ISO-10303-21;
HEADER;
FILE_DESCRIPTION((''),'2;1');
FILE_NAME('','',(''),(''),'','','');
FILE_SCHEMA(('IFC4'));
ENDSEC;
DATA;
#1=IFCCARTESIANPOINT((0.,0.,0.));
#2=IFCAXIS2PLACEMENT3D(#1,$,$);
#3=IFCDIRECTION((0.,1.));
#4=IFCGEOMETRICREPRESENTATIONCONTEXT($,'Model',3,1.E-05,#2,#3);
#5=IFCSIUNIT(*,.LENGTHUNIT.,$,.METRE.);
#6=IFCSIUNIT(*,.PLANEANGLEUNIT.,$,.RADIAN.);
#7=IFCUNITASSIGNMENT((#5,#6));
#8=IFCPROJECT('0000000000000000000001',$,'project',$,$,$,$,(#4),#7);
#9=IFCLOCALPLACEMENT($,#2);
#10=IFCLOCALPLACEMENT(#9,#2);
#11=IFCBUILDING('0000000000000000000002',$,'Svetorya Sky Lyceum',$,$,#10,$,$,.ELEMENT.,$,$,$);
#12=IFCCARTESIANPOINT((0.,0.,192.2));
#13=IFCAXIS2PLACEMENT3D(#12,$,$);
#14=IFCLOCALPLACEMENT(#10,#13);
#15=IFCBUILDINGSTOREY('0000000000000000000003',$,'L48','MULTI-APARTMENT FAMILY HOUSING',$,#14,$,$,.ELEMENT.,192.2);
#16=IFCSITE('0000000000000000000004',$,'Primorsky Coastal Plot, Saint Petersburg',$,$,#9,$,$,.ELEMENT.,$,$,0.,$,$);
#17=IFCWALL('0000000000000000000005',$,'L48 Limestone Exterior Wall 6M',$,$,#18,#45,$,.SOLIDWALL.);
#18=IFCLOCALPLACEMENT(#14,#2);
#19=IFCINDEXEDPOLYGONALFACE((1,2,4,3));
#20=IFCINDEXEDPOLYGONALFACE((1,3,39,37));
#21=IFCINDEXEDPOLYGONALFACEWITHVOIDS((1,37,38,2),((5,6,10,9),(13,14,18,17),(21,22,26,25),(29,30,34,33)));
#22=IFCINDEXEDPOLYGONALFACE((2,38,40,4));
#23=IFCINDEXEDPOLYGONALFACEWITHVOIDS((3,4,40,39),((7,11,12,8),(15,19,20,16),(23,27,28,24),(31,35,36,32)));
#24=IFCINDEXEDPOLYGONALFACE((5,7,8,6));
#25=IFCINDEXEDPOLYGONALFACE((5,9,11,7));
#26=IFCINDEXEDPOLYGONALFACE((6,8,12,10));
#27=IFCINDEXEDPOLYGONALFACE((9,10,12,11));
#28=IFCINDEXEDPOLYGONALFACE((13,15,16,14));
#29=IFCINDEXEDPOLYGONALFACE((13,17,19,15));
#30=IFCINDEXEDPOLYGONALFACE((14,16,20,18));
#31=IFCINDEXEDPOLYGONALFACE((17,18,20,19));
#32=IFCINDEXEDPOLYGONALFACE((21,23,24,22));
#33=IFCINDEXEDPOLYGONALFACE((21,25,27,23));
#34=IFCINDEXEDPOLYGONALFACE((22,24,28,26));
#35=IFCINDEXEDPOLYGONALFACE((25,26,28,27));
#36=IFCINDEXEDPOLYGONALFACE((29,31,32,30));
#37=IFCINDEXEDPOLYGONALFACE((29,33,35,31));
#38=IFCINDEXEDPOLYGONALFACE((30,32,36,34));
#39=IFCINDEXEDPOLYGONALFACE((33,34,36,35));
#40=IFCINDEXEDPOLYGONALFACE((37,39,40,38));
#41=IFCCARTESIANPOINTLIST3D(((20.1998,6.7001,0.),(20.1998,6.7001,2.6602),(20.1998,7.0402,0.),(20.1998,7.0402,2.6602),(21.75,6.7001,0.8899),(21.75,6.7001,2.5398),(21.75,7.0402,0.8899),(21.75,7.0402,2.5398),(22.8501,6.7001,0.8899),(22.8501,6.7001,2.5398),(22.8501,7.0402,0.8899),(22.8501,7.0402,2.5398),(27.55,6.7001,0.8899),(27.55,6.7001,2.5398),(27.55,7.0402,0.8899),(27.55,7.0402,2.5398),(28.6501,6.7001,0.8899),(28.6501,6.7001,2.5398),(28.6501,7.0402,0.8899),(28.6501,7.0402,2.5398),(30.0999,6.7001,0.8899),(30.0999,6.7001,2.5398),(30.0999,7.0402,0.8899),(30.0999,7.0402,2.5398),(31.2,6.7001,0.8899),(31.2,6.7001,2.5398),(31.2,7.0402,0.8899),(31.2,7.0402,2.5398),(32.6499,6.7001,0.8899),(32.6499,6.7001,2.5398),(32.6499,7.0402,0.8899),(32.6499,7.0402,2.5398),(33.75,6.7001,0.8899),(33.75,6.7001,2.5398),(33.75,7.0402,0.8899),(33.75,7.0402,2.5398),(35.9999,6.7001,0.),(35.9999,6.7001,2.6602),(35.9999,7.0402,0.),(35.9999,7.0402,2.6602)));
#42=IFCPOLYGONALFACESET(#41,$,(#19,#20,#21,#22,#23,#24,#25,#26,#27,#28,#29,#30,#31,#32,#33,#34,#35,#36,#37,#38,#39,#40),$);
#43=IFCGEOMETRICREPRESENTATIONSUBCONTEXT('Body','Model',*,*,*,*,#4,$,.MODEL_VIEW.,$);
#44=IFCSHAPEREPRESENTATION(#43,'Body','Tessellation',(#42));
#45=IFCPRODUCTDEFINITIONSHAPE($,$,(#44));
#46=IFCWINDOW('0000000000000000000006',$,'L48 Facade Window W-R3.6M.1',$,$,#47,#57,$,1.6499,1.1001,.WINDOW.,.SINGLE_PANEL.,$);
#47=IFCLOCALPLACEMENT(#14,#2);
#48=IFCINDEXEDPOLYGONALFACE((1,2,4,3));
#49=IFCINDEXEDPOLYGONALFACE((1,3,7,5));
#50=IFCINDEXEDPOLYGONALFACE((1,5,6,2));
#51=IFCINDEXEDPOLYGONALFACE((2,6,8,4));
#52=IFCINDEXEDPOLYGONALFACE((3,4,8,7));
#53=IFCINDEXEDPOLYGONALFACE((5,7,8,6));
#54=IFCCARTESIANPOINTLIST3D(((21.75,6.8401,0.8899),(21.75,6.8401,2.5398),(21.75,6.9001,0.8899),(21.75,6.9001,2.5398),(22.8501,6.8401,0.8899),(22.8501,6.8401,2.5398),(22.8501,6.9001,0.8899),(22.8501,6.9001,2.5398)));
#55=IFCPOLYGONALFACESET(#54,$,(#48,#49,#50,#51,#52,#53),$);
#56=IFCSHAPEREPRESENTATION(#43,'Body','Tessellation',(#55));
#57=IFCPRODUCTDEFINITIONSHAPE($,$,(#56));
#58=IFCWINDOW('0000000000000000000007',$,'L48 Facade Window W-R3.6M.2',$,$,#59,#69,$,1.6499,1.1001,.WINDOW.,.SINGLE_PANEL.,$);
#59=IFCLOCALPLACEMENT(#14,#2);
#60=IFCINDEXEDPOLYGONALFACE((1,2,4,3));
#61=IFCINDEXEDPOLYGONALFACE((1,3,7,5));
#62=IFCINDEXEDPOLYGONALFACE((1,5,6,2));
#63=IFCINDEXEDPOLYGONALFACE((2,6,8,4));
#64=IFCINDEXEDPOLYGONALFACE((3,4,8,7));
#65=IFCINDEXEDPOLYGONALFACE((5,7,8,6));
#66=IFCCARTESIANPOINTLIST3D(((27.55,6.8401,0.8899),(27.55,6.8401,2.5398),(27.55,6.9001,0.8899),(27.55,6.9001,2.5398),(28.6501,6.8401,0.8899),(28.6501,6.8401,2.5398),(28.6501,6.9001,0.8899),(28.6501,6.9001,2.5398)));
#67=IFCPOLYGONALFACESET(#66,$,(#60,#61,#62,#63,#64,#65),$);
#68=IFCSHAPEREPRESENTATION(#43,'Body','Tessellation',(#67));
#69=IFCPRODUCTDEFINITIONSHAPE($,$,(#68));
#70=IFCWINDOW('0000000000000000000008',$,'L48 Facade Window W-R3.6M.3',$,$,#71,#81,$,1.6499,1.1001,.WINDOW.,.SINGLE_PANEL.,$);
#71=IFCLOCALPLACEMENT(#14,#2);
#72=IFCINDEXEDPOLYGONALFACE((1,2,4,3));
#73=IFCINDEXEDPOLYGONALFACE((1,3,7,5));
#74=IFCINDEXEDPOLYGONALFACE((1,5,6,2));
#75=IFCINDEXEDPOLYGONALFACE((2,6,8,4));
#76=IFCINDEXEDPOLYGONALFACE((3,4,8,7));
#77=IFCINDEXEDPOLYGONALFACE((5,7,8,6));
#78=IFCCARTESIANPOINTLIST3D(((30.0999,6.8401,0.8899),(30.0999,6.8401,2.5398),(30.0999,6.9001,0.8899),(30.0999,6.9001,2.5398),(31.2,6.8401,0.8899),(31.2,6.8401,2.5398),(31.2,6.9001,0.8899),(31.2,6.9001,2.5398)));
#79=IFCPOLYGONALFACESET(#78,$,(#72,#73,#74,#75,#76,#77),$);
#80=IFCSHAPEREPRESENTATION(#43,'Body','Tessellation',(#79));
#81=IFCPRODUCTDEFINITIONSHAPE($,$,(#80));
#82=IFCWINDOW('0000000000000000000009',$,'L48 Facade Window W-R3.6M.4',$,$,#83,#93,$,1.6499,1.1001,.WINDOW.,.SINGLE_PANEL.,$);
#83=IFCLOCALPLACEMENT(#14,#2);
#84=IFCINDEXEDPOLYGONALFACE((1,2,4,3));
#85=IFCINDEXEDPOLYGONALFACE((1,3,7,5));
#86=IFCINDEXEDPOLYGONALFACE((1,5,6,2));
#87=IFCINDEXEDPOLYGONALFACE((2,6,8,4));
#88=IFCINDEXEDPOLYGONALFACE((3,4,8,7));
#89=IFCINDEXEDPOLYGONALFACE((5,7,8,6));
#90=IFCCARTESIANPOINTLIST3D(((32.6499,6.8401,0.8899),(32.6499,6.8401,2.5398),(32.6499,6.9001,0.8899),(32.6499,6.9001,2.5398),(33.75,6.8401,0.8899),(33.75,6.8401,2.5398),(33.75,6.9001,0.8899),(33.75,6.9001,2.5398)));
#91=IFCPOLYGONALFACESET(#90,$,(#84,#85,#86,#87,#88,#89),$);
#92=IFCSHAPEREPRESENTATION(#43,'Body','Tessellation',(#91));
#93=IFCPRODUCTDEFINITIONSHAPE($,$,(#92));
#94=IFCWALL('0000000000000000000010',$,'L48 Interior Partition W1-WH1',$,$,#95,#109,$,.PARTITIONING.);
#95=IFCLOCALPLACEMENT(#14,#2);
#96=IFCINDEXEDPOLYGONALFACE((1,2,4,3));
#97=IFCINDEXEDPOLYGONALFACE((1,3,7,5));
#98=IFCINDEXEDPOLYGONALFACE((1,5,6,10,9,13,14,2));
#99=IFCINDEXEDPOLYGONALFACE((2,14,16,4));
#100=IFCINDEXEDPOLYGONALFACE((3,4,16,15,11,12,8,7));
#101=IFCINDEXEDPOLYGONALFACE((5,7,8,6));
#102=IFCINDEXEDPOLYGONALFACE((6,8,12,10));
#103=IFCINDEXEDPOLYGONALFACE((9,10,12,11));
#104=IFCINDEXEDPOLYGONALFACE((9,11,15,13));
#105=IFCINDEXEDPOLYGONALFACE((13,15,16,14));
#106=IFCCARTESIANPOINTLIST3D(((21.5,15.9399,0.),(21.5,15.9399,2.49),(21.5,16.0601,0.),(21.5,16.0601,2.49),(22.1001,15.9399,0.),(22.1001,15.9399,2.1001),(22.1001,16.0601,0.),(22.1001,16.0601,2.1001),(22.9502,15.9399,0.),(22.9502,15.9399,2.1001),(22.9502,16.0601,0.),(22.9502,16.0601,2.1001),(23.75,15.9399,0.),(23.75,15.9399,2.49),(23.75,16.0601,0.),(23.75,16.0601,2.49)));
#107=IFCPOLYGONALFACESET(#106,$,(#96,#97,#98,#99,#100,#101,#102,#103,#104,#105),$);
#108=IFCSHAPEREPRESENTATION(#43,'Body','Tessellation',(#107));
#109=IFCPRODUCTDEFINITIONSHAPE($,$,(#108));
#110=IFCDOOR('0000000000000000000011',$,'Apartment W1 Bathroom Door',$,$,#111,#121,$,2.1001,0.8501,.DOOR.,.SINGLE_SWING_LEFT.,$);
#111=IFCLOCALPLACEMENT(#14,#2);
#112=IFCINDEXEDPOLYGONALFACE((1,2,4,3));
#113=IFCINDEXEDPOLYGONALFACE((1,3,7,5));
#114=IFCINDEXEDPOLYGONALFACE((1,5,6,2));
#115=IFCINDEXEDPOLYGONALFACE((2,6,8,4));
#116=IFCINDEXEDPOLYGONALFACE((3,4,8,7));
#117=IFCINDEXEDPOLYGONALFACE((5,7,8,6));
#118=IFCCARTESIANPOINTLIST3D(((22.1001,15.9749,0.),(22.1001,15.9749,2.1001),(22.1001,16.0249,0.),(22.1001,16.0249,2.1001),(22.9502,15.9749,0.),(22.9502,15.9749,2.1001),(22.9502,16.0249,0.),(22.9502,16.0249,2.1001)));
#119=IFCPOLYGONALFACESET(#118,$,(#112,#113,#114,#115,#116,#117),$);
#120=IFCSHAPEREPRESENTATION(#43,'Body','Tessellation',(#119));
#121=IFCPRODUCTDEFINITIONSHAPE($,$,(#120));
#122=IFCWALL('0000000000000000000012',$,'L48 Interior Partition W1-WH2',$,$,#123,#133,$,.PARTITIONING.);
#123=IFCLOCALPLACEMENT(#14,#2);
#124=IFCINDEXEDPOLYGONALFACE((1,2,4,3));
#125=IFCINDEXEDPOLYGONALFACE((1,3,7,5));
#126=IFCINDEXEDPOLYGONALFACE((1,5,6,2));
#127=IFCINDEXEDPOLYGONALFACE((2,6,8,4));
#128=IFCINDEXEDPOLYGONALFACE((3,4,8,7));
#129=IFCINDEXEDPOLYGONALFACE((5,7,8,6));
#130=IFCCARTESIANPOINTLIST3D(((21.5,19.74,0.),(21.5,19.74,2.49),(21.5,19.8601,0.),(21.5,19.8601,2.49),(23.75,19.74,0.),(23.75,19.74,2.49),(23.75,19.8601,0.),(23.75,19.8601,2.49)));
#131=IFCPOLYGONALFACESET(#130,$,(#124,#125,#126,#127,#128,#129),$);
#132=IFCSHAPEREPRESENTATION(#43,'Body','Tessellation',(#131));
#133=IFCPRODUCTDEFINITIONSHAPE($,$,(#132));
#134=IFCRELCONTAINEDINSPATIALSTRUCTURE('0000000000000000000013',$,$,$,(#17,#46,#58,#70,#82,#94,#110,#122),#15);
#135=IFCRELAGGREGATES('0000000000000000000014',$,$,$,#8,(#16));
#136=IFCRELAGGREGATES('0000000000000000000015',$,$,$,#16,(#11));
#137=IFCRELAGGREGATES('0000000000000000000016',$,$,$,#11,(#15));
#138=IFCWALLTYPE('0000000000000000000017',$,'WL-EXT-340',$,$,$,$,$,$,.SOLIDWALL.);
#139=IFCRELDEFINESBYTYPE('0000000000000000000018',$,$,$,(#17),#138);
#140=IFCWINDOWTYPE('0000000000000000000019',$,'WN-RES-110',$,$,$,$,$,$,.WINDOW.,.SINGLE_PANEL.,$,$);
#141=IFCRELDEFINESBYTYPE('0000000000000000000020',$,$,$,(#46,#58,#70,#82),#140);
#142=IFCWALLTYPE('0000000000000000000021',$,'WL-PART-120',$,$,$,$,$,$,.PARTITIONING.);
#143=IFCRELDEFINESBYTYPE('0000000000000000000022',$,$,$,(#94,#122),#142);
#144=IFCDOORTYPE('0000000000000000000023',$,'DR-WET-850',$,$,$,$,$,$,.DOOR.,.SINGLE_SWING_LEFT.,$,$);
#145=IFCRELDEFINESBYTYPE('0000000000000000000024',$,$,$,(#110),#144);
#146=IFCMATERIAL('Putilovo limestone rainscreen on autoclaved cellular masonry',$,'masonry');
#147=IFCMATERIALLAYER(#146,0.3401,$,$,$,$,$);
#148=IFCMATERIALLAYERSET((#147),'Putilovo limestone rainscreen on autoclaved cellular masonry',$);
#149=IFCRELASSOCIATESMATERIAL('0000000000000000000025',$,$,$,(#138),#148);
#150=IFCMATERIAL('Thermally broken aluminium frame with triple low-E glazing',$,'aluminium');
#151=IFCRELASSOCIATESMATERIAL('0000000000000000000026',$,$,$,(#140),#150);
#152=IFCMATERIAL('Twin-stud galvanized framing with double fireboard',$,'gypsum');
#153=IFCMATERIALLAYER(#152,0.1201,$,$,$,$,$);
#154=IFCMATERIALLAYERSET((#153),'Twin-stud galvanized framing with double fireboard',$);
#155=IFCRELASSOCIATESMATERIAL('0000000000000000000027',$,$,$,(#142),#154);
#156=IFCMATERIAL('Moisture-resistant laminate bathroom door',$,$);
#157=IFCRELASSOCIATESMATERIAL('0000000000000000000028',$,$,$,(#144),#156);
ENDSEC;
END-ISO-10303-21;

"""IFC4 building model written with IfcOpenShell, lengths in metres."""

from ifc_helpers import new_model, si_unit, direction, frame, frame_2d, origin, place, context, subcontext, project, spatial, rectangle, extrude, material, layer, layer_set, type_object, element, fill, save


model = new_model("IFC4")

# Units and contexts
model_context = context("Model", 3, precision=1e-05, world=origin(), true_north=direction((0.0, 1.0)))
body_context = subcontext(model_context, "Body", "Model", "MODEL_VIEW")
ifc_project = project(units=[si_unit("LENGTHUNIT", "METRE"), si_unit("PLANEANGLEUNIT", "RADIAN")], contexts=[model_context])

# Site, building, storey
site_placement = place(None, origin())
site = spatial("IfcSite", under=ifc_project, at=site_placement, Name="Primorsky Coastal Plot, Saint Petersburg", CompositionType="ELEMENT", RefElevation=0.0)
building_placement = place(site_placement, origin())
building = spatial("IfcBuilding", under=site, at=building_placement, Name="Svetorya Sky Lyceum", CompositionType="ELEMENT")
storey_placement = place(building_placement, frame((0.0, 0.0, 192.2)))
storey = spatial("IfcBuildingStorey", under=building, at=storey_placement, Name="L48", Description="MULTI-APARTMENT FAMILY HOUSING", CompositionType="ELEMENT", Elevation=192.2)

# Shared definitions
ifc_material_1 = material(Name="Putilovo limestone rainscreen on autoclaved cellular masonry", Category="masonry")
ifc_layer_1 = layer(ifc_material_1, 0.3401)
ifc_layer_set_1 = layer_set([ifc_layer_1], Name="Putilovo limestone rainscreen on autoclaved cellular masonry")
wall_type_1 = type_object("IfcWallType", Name="WL-EXT-340", PredefinedType="SOLIDWALL", material=ifc_layer_set_1)

# Wall, openings, windows
wall_1_placement = place(storey_placement, frame((20.2, 6.8701, 0.0), z_axis=(0.0, 0.0, 1.0), x_axis=(1.0, 0.0, 0.0)))
wall_1 = element("IfcWall", 1, at=wall_1_placement, inside=storey, type_object=wall_type_1, Name="L48 Limestone Exterior Wall 6M", PredefinedType="SOLIDWALL", context=body_context, shape_type="SweptSolid", body=[
    extrude(rectangle(XDim=15.8, YDim=0.3401, at=frame_2d((7.8999, 0.0))), origin(), (0.0, 0.0, 1.0), 2.6602),
])
opening_1_placement = place(wall_1_placement, frame((1.55, 0.0, 0.8899)))
opening_1 = element("IfcOpeningElement", 2, at=opening_1_placement, cuts=wall_1, PredefinedType="OPENING", context=body_context, shape_type="SweptSolid", body=[
    extrude(rectangle(XDim=1.1001, YDim=1.6499, at=frame_2d((0.55, 0.825))), frame((0.0, 0.1799, 0.0), z_axis=(0.0, -1.0, 0.0), x_axis=(1.0, 0.0, 0.0)), (0.0, 0.0, 1.0), 0.3601),
])
opening_2_placement = place(wall_1_placement, frame((7.3501, 0.0, 0.8899)))
opening_2 = element("IfcOpeningElement", 3, at=opening_2_placement, cuts=wall_1, PredefinedType="OPENING", context=body_context, shape_type="SweptSolid", body=[
    extrude(rectangle(XDim=1.1001, YDim=1.6499, at=frame_2d((0.55, 0.825))), frame((0.0, 0.1799, 0.0), z_axis=(0.0, -1.0, 0.0), x_axis=(1.0, 0.0, 0.0)), (0.0, 0.0, 1.0), 0.3601),
])
opening_3_placement = place(wall_1_placement, frame((9.8999, 0.0, 0.8899)))
opening_3 = element("IfcOpeningElement", 4, at=opening_3_placement, cuts=wall_1, PredefinedType="OPENING", context=body_context, shape_type="SweptSolid", body=[
    extrude(rectangle(XDim=1.1001, YDim=1.6499, at=frame_2d((0.55, 0.825))), frame((0.0, 0.1799, 0.0), z_axis=(0.0, -1.0, 0.0), x_axis=(1.0, 0.0, 0.0)), (0.0, 0.0, 1.0), 0.3601),
])
opening_4_placement = place(wall_1_placement, frame((12.45, 0.0, 0.8899)))
opening_4 = element("IfcOpeningElement", 5, at=opening_4_placement, cuts=wall_1, PredefinedType="OPENING", context=body_context, shape_type="SweptSolid", body=[
    extrude(rectangle(XDim=1.1001, YDim=1.6499, at=frame_2d((0.55, 0.825))), frame((0.0, 0.1799, 0.0), z_axis=(0.0, -1.0, 0.0), x_axis=(1.0, 0.0, 0.0)), (0.0, 0.0, 1.0), 0.3601),
])
ifc_material_2 = material(Name="Thermally broken aluminium frame with triple low-E glazing", Category="aluminium")
window_type = type_object("IfcWindowType", Name="WN-RES-110", PartitioningType="SINGLE_PANEL", PredefinedType="WINDOW", material=ifc_material_2)
window_1_placement = place(opening_1_placement, origin())
window_1 = element("IfcWindow", 6, at=window_1_placement, inside=storey, type_object=window_type, Name="L48 Facade Window W-R3.6M.1", OverallHeight=1.6499, OverallWidth=1.1001, PartitioningType="SINGLE_PANEL", PredefinedType="WINDOW", context=body_context, shape_type="SweptSolid", body=[
    extrude(rectangle(XDim=1.1001, YDim=1.6499, at=frame_2d((0.55, 0.825))), frame((0.0, 0.03, 0.0), z_axis=(0.0, -1.0, 0.0), x_axis=(1.0, 0.0, 0.0)), (0.0, 0.0, 1.0), 0.0601),
])
fill(opening_1, window_1)
window_2_placement = place(opening_2_placement, origin())
window_2 = element("IfcWindow", 7, at=window_2_placement, inside=storey, type_object=window_type, Name="L48 Facade Window W-R3.6M.2", OverallHeight=1.6499, OverallWidth=1.1001, PartitioningType="SINGLE_PANEL", PredefinedType="WINDOW", context=body_context, shape_type="SweptSolid", body=[
    extrude(rectangle(XDim=1.1001, YDim=1.6499, at=frame_2d((0.55, 0.825))), frame((0.0, 0.03, 0.0), z_axis=(0.0, -1.0, 0.0), x_axis=(1.0, 0.0, 0.0)), (0.0, 0.0, 1.0), 0.0601),
])
fill(opening_2, window_2)
window_3_placement = place(opening_3_placement, origin())
window_3 = element("IfcWindow", 8, at=window_3_placement, inside=storey, type_object=window_type, Name="L48 Facade Window W-R3.6M.3", OverallHeight=1.6499, OverallWidth=1.1001, PartitioningType="SINGLE_PANEL", PredefinedType="WINDOW", context=body_context, shape_type="SweptSolid", body=[
    extrude(rectangle(XDim=1.1001, YDim=1.6499, at=frame_2d((0.55, 0.825))), frame((0.0, 0.03, 0.0), z_axis=(0.0, -1.0, 0.0), x_axis=(1.0, 0.0, 0.0)), (0.0, 0.0, 1.0), 0.0601),
])
fill(opening_3, window_3)
window_4_placement = place(opening_4_placement, origin())
window_4 = element("IfcWindow", 9, at=window_4_placement, inside=storey, type_object=window_type, Name="L48 Facade Window W-R3.6M.4", OverallHeight=1.6499, OverallWidth=1.1001, PartitioningType="SINGLE_PANEL", PredefinedType="WINDOW", context=body_context, shape_type="SweptSolid", body=[
    extrude(rectangle(XDim=1.1001, YDim=1.6499, at=frame_2d((0.55, 0.825))), frame((0.0, 0.03, 0.0), z_axis=(0.0, -1.0, 0.0), x_axis=(1.0, 0.0, 0.0)), (0.0, 0.0, 1.0), 0.0601),
])
fill(opening_4, window_4)

# Wall, opening, door
ifc_material_3 = material(Name="Twin-stud galvanized framing with double fireboard", Category="gypsum")
ifc_layer_2 = layer(ifc_material_3, 0.1201)
ifc_layer_set_2 = layer_set([ifc_layer_2], Name="Twin-stud galvanized framing with double fireboard")
wall_type_2 = type_object("IfcWallType", Name="WL-PART-120", PredefinedType="PARTITIONING", material=ifc_layer_set_2)
wall_2_placement = place(storey_placement, frame((21.5, 16.0, 0.0), z_axis=(0.0, 0.0, 1.0), x_axis=(1.0, 0.0, 0.0)))
wall_2 = element("IfcWall", 10, at=wall_2_placement, inside=storey, type_object=wall_type_2, Name="L48 Interior Partition W1-WH1", PredefinedType="PARTITIONING", context=body_context, shape_type="SweptSolid", body=[
    extrude(rectangle(XDim=2.25, YDim=0.1201, at=frame_2d((1.125, 0.0))), origin(), (0.0, 0.0, 1.0), 2.49),
])
opening_5_placement = place(wall_2_placement, frame((0.6001, 0.0, 0.0)))
opening_5 = element("IfcOpeningElement", 11, at=opening_5_placement, cuts=wall_2, PredefinedType="OPENING", context=body_context, shape_type="SweptSolid", body=[
    extrude(rectangle(XDim=0.8501, YDim=2.1001, at=frame_2d((0.425, 1.05))), frame((0.0, 0.0701, 0.0), z_axis=(0.0, -1.0, 0.0), x_axis=(1.0, 0.0, 0.0)), (0.0, 0.0, 1.0), 0.1401),
])
ifc_material_4 = material(Name="Moisture-resistant laminate bathroom door")
door_type_1 = type_object("IfcDoorType", Name="DR-WET-850", OperationType="SINGLE_SWING_LEFT", PredefinedType="DOOR", material=ifc_material_4)
door_1_placement = place(opening_5_placement, origin())
door_1 = element("IfcDoor", 12, at=door_1_placement, inside=storey, type_object=door_type_1, Name="Apartment W1 Bathroom Door", OperationType="SINGLE_SWING_LEFT", OverallHeight=2.1001, OverallWidth=0.8501, PredefinedType="DOOR", context=body_context, shape_type="SweptSolid", body=[
    extrude(rectangle(XDim=0.8501, YDim=2.1001, at=frame_2d((0.425, 1.05))), frame((0.0, 0.0249, 0.0), z_axis=(0.0, -1.0, 0.0), x_axis=(1.0, 0.0, 0.0)), (0.0, 0.0, 1.0), 0.05),
])
fill(opening_5, door_1)

# Wall
wall_3_placement = place(storey_placement, frame((21.5, 19.8, 0.0), z_axis=(0.0, 0.0, 1.0), x_axis=(1.0, 0.0, 0.0)))
element("IfcWall", 13, at=wall_3_placement, inside=storey, type_object=wall_type_2, Name="L48 Interior Partition W1-WH2", PredefinedType="PARTITIONING", context=body_context, shape_type="SweptSolid", body=[
    extrude(rectangle(XDim=2.25, YDim=0.1201, at=frame_2d((1.125, 0.0))), origin(), (0.0, 0.0, 1.0), 2.49),
])

save(model, "model.ifc")
